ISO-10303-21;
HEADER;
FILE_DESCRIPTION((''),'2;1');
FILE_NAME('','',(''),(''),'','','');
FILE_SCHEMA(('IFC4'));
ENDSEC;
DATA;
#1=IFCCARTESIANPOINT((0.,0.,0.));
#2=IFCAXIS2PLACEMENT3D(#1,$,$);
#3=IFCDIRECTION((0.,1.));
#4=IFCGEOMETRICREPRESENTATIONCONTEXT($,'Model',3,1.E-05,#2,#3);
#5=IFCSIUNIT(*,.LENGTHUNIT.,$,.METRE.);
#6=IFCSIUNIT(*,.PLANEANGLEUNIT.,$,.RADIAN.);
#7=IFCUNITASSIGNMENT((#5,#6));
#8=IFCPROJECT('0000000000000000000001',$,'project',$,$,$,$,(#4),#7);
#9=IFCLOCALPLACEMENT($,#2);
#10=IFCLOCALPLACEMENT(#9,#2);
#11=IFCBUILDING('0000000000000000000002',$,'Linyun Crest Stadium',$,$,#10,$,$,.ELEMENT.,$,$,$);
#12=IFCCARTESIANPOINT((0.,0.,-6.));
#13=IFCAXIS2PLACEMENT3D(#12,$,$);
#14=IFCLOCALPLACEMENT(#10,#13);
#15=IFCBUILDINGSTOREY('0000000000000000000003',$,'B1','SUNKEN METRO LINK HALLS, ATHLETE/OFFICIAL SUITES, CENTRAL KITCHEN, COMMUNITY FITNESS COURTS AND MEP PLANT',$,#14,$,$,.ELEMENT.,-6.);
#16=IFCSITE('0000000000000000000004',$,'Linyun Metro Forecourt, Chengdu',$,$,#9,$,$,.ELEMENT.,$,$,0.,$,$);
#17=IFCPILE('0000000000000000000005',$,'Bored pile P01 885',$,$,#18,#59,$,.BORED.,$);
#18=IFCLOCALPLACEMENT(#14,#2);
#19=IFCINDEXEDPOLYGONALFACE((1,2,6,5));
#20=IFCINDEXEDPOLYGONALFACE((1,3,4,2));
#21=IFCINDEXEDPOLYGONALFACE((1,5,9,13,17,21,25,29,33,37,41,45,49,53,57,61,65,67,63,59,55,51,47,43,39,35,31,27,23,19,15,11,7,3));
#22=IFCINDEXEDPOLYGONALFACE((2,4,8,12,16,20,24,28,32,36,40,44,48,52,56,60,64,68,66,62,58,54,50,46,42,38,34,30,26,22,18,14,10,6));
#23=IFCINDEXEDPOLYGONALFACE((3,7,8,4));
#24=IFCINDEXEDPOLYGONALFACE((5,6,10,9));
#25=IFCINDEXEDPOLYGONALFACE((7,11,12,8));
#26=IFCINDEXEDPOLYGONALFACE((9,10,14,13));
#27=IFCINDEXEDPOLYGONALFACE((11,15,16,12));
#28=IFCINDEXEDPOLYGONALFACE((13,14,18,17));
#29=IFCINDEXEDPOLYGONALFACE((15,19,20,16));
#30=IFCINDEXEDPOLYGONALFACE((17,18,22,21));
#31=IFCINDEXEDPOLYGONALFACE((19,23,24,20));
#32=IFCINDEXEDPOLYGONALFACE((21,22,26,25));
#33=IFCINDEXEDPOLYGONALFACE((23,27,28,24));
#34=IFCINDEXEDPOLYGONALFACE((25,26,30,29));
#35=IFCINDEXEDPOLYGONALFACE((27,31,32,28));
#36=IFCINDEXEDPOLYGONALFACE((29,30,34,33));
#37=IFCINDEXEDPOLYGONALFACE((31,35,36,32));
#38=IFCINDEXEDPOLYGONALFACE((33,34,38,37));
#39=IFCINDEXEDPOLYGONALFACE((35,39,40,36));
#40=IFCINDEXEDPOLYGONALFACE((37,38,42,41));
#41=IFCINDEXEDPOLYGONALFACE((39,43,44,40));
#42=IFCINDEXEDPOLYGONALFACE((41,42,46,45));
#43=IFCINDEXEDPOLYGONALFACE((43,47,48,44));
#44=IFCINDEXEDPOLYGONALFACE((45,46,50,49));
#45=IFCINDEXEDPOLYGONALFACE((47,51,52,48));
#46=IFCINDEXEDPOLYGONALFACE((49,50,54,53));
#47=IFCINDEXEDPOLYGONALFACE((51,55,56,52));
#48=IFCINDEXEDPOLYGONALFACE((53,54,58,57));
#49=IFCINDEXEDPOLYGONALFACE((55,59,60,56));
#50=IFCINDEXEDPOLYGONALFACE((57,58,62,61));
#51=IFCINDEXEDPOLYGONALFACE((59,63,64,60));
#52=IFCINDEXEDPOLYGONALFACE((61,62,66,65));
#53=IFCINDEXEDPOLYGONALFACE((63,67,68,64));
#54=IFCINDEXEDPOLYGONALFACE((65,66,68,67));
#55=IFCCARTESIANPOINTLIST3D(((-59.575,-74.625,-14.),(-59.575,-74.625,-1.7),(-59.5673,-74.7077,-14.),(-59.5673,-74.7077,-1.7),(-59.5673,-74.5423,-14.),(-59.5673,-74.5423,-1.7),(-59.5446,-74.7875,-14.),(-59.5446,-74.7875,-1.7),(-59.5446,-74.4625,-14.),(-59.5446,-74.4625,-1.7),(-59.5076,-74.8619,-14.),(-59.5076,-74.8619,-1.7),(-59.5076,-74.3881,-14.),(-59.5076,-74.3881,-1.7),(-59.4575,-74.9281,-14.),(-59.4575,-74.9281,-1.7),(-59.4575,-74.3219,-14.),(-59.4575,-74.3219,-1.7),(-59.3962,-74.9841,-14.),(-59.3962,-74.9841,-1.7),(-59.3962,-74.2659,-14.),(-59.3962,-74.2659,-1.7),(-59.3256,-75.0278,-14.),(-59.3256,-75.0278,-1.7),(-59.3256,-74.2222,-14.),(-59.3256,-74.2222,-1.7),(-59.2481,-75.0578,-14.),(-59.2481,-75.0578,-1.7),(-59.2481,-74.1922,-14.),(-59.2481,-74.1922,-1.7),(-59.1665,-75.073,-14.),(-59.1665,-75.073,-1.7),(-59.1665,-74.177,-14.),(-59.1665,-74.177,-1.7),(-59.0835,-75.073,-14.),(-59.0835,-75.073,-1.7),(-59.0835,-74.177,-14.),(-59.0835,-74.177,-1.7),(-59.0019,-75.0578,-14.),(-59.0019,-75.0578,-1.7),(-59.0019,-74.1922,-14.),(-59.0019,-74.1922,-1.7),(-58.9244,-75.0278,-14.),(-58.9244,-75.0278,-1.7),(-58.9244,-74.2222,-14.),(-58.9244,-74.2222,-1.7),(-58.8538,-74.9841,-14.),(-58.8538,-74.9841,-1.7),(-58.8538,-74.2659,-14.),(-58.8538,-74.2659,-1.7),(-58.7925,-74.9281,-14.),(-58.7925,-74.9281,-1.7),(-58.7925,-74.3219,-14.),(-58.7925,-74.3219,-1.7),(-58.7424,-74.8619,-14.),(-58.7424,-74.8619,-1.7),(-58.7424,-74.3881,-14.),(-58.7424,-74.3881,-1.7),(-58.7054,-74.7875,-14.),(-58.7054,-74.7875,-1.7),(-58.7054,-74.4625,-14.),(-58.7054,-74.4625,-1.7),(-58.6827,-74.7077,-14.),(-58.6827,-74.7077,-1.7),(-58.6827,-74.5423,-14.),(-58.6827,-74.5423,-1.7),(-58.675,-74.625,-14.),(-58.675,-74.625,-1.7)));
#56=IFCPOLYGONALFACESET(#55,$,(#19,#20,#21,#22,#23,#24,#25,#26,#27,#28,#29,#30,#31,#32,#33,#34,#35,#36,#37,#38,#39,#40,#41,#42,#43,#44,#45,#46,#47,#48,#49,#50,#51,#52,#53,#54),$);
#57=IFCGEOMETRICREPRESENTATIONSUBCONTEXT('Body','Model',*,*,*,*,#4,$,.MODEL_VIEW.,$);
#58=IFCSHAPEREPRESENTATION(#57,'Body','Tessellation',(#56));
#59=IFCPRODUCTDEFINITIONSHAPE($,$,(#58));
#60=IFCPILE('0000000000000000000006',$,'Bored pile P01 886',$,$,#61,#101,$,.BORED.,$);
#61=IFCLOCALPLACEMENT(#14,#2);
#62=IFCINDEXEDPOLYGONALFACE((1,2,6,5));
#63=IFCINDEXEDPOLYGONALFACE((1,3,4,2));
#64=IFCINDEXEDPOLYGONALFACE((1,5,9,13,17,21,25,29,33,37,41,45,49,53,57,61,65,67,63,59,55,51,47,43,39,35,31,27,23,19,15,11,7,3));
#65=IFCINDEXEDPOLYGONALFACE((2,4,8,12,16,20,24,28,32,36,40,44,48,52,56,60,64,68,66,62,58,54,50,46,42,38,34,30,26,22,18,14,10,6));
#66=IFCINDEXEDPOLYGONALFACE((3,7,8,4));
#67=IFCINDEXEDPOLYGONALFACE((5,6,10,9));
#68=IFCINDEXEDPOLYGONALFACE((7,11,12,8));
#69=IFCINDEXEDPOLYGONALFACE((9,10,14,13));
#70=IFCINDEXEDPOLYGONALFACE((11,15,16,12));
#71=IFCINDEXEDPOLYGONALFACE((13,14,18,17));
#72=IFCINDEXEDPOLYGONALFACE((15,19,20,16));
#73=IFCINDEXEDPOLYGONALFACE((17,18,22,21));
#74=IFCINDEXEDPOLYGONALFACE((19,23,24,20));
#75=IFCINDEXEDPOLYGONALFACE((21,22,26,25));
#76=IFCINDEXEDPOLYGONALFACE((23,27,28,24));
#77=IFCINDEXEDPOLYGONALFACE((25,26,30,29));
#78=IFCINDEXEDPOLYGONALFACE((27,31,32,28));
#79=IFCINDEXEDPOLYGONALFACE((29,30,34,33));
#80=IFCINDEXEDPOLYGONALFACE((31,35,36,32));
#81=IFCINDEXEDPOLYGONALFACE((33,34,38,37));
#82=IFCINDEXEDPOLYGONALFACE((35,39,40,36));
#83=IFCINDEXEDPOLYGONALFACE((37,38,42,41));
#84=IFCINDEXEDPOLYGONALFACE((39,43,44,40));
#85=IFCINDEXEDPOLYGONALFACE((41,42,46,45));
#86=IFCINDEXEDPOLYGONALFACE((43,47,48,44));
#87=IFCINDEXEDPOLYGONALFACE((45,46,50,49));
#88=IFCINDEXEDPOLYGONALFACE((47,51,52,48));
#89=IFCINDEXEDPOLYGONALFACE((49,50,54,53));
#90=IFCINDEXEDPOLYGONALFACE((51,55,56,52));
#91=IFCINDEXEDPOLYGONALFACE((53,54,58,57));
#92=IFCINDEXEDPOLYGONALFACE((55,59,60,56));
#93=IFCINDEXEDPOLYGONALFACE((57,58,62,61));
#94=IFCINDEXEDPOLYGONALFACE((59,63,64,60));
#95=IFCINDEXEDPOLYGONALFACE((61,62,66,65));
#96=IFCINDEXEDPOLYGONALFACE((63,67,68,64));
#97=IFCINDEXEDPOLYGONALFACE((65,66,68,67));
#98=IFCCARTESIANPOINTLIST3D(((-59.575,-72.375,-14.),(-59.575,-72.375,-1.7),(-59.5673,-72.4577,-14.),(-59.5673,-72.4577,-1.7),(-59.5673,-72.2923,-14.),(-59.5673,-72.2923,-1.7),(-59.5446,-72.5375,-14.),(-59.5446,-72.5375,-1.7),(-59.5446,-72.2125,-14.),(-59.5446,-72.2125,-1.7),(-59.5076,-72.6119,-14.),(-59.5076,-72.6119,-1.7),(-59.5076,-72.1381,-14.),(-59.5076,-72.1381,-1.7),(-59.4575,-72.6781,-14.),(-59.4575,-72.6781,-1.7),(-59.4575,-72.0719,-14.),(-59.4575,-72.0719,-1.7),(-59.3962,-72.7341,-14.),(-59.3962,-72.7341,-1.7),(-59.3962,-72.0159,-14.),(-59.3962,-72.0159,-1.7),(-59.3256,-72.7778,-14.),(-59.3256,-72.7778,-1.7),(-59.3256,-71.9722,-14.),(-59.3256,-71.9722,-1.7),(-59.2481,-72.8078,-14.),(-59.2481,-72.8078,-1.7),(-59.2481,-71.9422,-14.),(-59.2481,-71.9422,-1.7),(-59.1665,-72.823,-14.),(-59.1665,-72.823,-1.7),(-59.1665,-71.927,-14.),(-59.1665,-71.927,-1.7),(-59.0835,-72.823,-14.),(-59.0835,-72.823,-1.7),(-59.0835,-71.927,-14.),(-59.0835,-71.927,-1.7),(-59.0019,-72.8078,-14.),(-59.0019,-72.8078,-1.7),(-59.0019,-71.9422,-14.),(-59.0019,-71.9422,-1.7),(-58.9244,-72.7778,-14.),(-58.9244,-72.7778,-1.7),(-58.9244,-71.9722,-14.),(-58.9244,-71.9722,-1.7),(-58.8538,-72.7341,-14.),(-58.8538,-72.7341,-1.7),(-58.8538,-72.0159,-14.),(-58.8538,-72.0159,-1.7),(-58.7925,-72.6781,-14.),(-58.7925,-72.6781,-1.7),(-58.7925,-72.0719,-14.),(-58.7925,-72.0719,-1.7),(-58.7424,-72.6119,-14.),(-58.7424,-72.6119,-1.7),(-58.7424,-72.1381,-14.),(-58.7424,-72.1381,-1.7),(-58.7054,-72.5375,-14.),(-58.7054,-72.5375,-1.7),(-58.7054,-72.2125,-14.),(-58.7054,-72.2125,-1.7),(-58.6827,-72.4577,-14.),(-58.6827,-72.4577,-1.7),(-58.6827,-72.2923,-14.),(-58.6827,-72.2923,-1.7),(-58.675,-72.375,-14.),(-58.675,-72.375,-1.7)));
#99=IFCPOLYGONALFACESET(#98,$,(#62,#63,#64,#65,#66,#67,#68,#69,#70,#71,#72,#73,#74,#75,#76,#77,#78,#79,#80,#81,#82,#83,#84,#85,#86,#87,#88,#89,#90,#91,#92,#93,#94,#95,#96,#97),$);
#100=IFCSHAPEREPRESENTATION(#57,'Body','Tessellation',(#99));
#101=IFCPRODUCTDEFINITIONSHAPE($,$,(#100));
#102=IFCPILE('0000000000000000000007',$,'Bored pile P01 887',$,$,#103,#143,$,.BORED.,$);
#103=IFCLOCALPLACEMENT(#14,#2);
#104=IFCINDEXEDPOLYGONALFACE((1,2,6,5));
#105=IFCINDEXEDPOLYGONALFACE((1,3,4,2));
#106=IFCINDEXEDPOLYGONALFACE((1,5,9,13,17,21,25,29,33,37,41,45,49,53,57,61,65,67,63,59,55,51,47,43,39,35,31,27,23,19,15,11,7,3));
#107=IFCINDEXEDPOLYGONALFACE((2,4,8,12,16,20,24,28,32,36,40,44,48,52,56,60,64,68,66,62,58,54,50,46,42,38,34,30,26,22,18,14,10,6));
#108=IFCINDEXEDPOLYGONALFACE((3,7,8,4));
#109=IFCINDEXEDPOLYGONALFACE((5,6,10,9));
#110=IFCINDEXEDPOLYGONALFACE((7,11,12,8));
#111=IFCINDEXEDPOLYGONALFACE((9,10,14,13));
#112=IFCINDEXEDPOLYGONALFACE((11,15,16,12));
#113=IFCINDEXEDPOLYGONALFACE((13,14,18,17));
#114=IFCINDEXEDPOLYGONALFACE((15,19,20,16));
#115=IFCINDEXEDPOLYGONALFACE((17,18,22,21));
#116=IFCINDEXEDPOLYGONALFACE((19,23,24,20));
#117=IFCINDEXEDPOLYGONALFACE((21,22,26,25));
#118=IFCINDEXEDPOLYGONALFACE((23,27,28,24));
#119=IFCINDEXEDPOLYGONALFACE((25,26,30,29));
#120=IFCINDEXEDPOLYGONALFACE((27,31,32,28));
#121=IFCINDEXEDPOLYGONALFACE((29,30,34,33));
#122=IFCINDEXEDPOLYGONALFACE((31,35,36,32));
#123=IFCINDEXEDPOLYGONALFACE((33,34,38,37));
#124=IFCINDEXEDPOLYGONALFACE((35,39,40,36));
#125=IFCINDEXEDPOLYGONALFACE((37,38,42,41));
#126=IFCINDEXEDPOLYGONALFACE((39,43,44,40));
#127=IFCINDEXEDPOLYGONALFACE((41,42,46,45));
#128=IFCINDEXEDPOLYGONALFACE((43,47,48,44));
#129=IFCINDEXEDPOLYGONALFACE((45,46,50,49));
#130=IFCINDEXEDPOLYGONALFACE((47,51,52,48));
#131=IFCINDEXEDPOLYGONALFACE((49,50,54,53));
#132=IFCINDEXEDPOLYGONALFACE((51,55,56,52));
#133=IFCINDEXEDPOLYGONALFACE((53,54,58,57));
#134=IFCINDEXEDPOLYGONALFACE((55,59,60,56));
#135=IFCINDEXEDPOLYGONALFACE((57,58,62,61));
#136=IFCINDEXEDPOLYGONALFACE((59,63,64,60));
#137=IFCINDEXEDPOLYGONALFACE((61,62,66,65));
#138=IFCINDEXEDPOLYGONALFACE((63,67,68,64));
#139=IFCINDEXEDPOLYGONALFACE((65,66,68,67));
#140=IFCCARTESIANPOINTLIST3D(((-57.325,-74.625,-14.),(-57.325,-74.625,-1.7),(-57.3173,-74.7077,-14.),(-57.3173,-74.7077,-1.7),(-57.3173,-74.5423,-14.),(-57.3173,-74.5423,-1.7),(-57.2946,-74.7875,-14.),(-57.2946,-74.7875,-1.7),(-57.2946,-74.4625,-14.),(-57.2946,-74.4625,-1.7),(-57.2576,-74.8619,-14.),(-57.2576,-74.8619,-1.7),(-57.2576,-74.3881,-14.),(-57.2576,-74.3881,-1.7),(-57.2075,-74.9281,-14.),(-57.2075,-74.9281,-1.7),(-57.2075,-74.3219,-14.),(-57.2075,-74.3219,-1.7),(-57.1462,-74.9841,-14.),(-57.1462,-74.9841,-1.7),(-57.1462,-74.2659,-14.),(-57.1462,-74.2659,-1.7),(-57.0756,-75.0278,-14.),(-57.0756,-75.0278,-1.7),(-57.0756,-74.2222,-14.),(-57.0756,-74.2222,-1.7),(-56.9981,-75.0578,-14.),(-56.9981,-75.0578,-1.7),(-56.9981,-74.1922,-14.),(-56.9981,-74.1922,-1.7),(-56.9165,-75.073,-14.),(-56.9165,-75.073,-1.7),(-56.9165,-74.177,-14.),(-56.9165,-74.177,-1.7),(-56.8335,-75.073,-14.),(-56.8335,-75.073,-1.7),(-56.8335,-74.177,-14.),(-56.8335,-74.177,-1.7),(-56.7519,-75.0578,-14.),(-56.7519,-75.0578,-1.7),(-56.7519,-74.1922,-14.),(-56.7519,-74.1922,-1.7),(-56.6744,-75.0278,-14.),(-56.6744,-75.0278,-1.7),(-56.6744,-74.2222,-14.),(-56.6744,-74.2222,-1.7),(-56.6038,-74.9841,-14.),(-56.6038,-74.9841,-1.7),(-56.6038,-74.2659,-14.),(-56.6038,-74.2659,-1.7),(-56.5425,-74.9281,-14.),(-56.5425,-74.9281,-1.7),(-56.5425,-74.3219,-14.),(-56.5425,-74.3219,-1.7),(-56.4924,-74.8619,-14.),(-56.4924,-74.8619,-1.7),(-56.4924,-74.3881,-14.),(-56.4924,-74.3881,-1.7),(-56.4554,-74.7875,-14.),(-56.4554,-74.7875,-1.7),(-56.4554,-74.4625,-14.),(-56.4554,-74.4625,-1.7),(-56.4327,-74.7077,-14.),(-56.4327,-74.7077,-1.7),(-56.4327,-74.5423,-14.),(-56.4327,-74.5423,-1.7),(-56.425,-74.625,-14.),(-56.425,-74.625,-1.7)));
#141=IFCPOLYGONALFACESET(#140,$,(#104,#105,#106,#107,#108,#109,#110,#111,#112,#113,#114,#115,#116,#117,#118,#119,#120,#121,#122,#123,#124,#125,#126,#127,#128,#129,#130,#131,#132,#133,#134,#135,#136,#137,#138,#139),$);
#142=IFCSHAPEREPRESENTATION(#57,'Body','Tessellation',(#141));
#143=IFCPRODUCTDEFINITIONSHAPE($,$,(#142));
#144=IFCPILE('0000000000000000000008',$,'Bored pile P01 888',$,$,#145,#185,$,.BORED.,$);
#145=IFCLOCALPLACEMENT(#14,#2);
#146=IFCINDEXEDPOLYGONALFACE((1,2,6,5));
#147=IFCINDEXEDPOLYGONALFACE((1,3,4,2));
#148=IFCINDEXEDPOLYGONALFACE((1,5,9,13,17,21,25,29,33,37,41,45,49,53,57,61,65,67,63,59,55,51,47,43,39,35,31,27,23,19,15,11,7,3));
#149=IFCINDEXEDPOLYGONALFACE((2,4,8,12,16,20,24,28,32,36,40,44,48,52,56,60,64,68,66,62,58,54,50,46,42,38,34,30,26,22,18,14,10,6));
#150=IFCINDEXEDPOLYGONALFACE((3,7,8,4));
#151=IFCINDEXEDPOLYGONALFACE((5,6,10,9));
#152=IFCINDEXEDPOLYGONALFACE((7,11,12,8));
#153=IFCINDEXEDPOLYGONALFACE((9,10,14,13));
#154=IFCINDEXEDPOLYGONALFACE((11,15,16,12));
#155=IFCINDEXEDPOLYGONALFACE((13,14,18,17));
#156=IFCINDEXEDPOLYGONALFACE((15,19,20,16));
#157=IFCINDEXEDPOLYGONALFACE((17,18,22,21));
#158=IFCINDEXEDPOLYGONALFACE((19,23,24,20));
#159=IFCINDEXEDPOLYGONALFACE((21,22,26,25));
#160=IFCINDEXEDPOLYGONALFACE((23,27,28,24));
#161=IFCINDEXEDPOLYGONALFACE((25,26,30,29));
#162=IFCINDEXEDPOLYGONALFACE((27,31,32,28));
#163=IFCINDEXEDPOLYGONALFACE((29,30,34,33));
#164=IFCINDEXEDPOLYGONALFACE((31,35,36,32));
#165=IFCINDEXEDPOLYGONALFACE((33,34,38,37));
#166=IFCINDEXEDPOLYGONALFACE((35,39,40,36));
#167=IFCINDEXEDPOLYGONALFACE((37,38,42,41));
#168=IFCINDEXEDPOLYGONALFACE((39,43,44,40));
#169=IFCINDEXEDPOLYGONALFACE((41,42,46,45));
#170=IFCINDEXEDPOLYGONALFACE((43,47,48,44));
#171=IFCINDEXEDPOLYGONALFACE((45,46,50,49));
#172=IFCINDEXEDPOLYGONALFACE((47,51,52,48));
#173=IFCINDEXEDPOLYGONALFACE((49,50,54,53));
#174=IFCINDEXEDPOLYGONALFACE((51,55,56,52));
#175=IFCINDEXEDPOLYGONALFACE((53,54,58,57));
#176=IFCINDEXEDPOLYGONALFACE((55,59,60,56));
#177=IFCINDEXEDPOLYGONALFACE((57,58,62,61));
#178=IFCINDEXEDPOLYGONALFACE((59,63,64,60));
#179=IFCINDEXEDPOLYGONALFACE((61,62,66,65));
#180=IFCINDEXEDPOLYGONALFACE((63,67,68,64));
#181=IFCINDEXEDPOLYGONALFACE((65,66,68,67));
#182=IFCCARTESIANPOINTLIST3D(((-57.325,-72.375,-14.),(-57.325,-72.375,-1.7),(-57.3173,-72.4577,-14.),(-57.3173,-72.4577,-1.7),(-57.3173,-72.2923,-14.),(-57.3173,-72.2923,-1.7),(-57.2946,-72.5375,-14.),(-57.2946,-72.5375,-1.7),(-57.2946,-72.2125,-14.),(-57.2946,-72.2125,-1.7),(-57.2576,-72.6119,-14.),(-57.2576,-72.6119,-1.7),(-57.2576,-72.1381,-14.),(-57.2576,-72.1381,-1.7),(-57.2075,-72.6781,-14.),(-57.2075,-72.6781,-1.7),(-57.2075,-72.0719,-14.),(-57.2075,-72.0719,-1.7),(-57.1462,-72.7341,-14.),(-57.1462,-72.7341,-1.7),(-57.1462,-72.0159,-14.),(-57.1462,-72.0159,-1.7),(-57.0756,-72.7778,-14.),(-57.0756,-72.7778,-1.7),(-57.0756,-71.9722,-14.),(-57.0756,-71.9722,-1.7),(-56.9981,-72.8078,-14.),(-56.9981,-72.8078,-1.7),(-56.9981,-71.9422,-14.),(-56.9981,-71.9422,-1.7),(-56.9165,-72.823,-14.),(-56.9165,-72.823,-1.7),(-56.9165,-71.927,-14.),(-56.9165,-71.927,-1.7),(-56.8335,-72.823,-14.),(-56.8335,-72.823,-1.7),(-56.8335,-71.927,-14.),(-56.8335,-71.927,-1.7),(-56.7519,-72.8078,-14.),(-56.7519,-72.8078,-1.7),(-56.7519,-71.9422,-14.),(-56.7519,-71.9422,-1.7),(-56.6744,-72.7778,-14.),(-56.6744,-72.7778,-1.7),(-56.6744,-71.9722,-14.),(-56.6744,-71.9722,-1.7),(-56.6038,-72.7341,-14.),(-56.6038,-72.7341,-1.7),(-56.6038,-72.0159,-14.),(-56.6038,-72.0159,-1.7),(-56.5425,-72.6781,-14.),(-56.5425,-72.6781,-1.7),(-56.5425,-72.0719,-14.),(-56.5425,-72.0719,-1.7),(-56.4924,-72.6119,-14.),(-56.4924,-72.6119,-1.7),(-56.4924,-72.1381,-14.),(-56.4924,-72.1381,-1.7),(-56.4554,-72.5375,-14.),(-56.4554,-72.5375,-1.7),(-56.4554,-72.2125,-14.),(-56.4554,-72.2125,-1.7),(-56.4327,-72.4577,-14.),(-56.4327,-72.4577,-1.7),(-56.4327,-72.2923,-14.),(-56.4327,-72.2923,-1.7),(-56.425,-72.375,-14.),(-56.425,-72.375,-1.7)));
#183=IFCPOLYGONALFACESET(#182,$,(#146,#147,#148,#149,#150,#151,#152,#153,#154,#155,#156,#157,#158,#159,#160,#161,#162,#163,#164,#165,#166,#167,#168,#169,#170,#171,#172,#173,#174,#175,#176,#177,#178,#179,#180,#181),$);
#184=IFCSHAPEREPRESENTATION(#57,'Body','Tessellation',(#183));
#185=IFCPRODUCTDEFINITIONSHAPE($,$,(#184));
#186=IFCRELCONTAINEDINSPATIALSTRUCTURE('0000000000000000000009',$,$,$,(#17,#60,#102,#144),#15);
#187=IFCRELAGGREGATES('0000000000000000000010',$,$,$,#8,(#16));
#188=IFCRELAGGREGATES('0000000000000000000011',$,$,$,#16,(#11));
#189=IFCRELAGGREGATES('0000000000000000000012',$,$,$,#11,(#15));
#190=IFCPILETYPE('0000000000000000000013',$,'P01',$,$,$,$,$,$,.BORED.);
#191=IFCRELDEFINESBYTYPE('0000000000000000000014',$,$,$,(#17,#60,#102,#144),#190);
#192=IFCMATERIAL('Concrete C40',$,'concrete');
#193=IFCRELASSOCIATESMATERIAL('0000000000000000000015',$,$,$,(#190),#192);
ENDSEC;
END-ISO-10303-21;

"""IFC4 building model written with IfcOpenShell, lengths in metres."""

from ifc_helpers import new_model, si_unit, direction, frame, origin, origin_2d, place, context, subcontext, project, spatial, circle, extrude, material, material_profile, profile_set, type_object, element, save


model = new_model("IFC4")

# Units and contexts
model_context = context("Model", 3, precision=1e-05, world=origin(), true_north=direction((0.0, 1.0)))
body_context = subcontext(model_context, "Body", "Model", "MODEL_VIEW")
ifc_project = project(units=[si_unit("LENGTHUNIT", "METRE"), si_unit("PLANEANGLEUNIT", "RADIAN")], contexts=[model_context])

# Site, building, storey
site_placement = place(None, origin())
site = spatial("IfcSite", under=ifc_project, at=site_placement, Name="Linyun Metro Forecourt, Chengdu", CompositionType="ELEMENT", RefElevation=0.0)
building_placement = place(site_placement, origin())
building = spatial("IfcBuilding", under=site, at=building_placement, Name="Linyun Crest Stadium", CompositionType="ELEMENT")
storey_placement = place(building_placement, frame((0.0, 0.0, -6.0)))
storey = spatial("IfcBuildingStorey", under=building, at=storey_placement, Name="B1", Description="SUNKEN METRO LINK HALLS, ATHLETE/OFFICIAL SUITES, CENTRAL KITCHEN, COMMUNITY FITNESS COURTS AND MEP PLANT", CompositionType="ELEMENT", Elevation=-6.0)

# Piles
ifc_material_1 = material(Name="Concrete C40", Category="concrete")
ifc_material_profile_1 = material_profile(ifc_material_1, circle(Radius=0.45, at=origin_2d()), Name="BORED PILE 900")
ifc_profile_set_1 = profile_set([ifc_material_profile_1], Name="Concrete C40")
pile_type_1 = type_object("IfcPileType", Name="P01", PredefinedType="BORED", material=ifc_profile_set_1)
for number, where, z_axis, x_axis, name in (
    (1, (-59.125, -74.625, -1.7), (0.0, 0.0, -1.0), (1.0, 0.0, 0.0), "Bored pile P01 885"),
    (2, (-59.125, -72.375, -1.7), (0.0, 0.0, -1.0), (1.0, 0.0, 0.0), "Bored pile P01 886"),
    (3, (-56.875, -74.625, -1.7), (0.0, 0.0, -1.0), (1.0, 0.0, 0.0), "Bored pile P01 887"),
    (4, (-56.875, -72.375, -1.7), (0.0, 0.0, -1.0), (1.0, 0.0, 0.0), "Bored pile P01 888"),
):
    element("IfcPile", number, at=place(storey_placement, frame(where, z_axis=z_axis, x_axis=x_axis)), inside=storey, type_object=pile_type_1, Name=name, PredefinedType="BORED", context=body_context, shape_type="SweptSolid", body=[
        extrude(circle(Radius=0.45, at=origin_2d()), origin(), (0.0, 0.0, 1.0), 12.3),
    ])

save(model, "model.ifc")
